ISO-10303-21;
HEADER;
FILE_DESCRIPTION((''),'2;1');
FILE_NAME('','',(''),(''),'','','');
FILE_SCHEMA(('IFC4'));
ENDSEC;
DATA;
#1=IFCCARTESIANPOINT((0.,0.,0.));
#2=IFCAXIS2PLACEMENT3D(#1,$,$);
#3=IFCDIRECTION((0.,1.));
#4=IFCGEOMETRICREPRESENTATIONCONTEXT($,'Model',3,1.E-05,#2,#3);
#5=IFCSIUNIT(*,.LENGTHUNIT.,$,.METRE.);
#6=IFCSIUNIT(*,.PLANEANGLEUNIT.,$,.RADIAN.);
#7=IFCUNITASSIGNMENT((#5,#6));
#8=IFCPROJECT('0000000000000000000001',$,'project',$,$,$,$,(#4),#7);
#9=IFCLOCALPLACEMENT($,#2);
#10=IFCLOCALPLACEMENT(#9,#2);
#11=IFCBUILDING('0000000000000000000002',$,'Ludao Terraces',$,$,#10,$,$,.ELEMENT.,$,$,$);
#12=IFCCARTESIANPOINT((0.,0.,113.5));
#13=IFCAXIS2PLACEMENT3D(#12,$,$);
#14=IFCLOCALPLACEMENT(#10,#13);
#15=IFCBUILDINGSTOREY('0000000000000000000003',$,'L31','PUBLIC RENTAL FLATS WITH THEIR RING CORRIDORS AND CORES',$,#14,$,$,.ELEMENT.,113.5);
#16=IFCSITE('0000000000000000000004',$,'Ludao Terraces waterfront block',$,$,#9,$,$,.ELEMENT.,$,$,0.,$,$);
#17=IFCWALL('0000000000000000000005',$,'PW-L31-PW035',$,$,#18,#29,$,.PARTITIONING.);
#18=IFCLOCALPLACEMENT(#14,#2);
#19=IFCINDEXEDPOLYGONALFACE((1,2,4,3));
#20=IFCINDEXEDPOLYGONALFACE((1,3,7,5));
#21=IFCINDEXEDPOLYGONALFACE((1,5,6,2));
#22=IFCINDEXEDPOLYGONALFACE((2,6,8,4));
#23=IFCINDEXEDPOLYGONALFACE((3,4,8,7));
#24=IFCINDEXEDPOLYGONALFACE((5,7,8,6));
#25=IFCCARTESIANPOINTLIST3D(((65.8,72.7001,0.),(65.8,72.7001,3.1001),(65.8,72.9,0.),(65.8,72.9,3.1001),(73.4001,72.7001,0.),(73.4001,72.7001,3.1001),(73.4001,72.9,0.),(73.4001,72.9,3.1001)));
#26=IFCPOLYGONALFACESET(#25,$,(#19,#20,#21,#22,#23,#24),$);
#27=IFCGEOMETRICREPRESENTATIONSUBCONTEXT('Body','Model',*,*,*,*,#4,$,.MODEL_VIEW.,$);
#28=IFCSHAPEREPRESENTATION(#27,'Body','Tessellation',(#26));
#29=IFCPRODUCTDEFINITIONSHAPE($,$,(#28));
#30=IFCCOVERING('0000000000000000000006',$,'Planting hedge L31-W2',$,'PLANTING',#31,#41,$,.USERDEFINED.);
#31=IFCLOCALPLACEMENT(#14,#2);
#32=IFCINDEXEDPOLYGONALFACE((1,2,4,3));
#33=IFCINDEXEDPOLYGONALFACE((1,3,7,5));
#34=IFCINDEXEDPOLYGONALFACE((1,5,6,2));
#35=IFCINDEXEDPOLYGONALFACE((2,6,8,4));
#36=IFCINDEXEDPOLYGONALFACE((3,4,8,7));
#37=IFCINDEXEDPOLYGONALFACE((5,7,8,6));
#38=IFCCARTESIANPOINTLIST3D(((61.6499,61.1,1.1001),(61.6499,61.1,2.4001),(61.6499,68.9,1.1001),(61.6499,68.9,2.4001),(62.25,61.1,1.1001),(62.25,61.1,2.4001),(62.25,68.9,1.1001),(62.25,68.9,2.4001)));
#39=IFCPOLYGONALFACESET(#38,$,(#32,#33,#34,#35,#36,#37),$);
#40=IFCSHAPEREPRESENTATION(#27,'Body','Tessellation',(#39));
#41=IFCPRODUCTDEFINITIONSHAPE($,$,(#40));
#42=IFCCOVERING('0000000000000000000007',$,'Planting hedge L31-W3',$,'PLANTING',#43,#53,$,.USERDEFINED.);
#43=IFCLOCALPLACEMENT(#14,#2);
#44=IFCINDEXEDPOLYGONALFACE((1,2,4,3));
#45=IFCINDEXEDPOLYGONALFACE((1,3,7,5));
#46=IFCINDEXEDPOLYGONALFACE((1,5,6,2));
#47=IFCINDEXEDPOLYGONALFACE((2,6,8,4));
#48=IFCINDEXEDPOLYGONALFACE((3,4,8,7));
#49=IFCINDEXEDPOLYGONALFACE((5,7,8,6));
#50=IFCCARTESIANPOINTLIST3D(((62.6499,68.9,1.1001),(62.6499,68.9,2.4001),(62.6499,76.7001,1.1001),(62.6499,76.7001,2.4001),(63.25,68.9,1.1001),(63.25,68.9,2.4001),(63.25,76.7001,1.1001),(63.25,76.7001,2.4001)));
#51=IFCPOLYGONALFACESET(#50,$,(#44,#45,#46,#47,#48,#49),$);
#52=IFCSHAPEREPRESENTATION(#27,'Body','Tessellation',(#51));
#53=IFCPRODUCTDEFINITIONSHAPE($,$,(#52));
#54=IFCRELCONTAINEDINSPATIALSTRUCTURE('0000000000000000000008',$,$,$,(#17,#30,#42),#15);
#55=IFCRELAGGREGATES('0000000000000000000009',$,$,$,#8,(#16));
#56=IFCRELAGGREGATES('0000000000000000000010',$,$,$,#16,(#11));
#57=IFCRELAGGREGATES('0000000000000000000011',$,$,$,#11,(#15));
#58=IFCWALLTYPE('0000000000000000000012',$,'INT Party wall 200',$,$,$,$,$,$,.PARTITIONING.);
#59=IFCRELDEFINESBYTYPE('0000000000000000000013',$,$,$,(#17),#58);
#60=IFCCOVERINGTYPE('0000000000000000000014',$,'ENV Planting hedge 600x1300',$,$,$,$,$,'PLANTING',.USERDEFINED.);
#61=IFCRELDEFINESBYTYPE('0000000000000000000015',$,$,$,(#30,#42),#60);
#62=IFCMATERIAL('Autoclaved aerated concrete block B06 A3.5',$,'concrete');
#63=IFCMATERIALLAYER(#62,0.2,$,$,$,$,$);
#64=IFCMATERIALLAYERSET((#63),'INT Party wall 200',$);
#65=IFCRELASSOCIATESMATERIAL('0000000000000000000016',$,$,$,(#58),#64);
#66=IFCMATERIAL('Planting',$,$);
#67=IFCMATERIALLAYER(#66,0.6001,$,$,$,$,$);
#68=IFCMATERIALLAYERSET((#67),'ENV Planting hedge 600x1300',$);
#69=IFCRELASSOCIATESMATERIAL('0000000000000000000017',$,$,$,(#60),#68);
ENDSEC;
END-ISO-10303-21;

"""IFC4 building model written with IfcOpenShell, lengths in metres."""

from ifc_helpers import new_model, si_unit, direction, frame, frame_2d, origin, origin_2d, place, context, subcontext, project, spatial, rectangle, extrude, material, layer, layer_set, type_object, element, save


model = new_model("IFC4")

# Units and contexts
model_context = context("Model", 3, precision=1e-05, world=origin(), true_north=direction((0.0, 1.0)))
body_context = subcontext(model_context, "Body", "Model", "MODEL_VIEW")
ifc_project = project(units=[si_unit("LENGTHUNIT", "METRE"), si_unit("PLANEANGLEUNIT", "RADIAN")], contexts=[model_context])

# Site, building, storey
site_placement = place(None, origin())
site = spatial("IfcSite", under=ifc_project, at=site_placement, Name="Ludao Terraces waterfront block", CompositionType="ELEMENT", RefElevation=0.0)
building_placement = place(site_placement, origin())
building = spatial("IfcBuilding", under=site, at=building_placement, Name="Ludao Terraces", CompositionType="ELEMENT")
storey_placement = place(building_placement, frame((0.0, 0.0, 113.5)))
storey = spatial("IfcBuildingStorey", under=building, at=storey_placement, Name="L31", Description="PUBLIC RENTAL FLATS WITH THEIR RING CORRIDORS AND CORES", CompositionType="ELEMENT", Elevation=113.5)

# Wall
ifc_material_1 = material(Name="Autoclaved aerated concrete block B06 A3.5", Category="concrete")
ifc_layer_1 = layer(ifc_material_1, 0.2)
ifc_layer_set_1 = layer_set([ifc_layer_1], Name="INT Party wall 200")
wall_type_1 = type_object("IfcWallType", Name="INT Party wall 200", PredefinedType="PARTITIONING", material=ifc_layer_set_1)
wall_1_placement = place(storey_placement, frame((65.8, 72.8, 0.0), z_axis=(0.0, 0.0, 1.0), x_axis=(1.0, 0.0, 0.0)))
element("IfcWall", 1, at=wall_1_placement, inside=storey, type_object=wall_type_1, Name="PW-L31-PW035", PredefinedType="PARTITIONING", context=body_context, shape_type="SweptSolid", body=[
    extrude(rectangle(XDim=7.6001, YDim=0.2, at=frame_2d((3.8, 0.0))), origin(), (0.0, 0.0, 1.0), 3.1001),
])

# Coverings
ifc_material_2 = material(Name="Planting")
ifc_layer_2 = layer(ifc_material_2, 0.6001)
ifc_layer_set_2 = layer_set([ifc_layer_2], Name="ENV Planting hedge 600x1300")
covering_type = type_object("IfcCoveringType", Name="ENV Planting hedge 600x1300", ElementType="PLANTING", PredefinedType="USERDEFINED", material=ifc_layer_set_2)
for number, where, z_axis, x_axis, name in (
    (2, (61.95, 65.0, 1.1001), (0.0, 0.0, 1.0), (1.0, 0.0, 0.0), "Planting hedge L31-W2"),
    (3, (62.95, 72.8, 1.1001), (0.0, 0.0, 1.0), (1.0, 0.0, 0.0), "Planting hedge L31-W3"),
):
    element("IfcCovering", number, at=place(storey_placement, frame(where, z_axis=z_axis, x_axis=x_axis)), inside=storey, type_object=covering_type, Name=name, ObjectType="PLANTING", PredefinedType="USERDEFINED", context=body_context, shape_type="SweptSolid", body=[
        extrude(rectangle(XDim=0.6001, YDim=7.8, at=origin_2d()), origin(), (0.0, 0.0, 1.0), 1.3),
    ])

save(model, "model.ifc")
